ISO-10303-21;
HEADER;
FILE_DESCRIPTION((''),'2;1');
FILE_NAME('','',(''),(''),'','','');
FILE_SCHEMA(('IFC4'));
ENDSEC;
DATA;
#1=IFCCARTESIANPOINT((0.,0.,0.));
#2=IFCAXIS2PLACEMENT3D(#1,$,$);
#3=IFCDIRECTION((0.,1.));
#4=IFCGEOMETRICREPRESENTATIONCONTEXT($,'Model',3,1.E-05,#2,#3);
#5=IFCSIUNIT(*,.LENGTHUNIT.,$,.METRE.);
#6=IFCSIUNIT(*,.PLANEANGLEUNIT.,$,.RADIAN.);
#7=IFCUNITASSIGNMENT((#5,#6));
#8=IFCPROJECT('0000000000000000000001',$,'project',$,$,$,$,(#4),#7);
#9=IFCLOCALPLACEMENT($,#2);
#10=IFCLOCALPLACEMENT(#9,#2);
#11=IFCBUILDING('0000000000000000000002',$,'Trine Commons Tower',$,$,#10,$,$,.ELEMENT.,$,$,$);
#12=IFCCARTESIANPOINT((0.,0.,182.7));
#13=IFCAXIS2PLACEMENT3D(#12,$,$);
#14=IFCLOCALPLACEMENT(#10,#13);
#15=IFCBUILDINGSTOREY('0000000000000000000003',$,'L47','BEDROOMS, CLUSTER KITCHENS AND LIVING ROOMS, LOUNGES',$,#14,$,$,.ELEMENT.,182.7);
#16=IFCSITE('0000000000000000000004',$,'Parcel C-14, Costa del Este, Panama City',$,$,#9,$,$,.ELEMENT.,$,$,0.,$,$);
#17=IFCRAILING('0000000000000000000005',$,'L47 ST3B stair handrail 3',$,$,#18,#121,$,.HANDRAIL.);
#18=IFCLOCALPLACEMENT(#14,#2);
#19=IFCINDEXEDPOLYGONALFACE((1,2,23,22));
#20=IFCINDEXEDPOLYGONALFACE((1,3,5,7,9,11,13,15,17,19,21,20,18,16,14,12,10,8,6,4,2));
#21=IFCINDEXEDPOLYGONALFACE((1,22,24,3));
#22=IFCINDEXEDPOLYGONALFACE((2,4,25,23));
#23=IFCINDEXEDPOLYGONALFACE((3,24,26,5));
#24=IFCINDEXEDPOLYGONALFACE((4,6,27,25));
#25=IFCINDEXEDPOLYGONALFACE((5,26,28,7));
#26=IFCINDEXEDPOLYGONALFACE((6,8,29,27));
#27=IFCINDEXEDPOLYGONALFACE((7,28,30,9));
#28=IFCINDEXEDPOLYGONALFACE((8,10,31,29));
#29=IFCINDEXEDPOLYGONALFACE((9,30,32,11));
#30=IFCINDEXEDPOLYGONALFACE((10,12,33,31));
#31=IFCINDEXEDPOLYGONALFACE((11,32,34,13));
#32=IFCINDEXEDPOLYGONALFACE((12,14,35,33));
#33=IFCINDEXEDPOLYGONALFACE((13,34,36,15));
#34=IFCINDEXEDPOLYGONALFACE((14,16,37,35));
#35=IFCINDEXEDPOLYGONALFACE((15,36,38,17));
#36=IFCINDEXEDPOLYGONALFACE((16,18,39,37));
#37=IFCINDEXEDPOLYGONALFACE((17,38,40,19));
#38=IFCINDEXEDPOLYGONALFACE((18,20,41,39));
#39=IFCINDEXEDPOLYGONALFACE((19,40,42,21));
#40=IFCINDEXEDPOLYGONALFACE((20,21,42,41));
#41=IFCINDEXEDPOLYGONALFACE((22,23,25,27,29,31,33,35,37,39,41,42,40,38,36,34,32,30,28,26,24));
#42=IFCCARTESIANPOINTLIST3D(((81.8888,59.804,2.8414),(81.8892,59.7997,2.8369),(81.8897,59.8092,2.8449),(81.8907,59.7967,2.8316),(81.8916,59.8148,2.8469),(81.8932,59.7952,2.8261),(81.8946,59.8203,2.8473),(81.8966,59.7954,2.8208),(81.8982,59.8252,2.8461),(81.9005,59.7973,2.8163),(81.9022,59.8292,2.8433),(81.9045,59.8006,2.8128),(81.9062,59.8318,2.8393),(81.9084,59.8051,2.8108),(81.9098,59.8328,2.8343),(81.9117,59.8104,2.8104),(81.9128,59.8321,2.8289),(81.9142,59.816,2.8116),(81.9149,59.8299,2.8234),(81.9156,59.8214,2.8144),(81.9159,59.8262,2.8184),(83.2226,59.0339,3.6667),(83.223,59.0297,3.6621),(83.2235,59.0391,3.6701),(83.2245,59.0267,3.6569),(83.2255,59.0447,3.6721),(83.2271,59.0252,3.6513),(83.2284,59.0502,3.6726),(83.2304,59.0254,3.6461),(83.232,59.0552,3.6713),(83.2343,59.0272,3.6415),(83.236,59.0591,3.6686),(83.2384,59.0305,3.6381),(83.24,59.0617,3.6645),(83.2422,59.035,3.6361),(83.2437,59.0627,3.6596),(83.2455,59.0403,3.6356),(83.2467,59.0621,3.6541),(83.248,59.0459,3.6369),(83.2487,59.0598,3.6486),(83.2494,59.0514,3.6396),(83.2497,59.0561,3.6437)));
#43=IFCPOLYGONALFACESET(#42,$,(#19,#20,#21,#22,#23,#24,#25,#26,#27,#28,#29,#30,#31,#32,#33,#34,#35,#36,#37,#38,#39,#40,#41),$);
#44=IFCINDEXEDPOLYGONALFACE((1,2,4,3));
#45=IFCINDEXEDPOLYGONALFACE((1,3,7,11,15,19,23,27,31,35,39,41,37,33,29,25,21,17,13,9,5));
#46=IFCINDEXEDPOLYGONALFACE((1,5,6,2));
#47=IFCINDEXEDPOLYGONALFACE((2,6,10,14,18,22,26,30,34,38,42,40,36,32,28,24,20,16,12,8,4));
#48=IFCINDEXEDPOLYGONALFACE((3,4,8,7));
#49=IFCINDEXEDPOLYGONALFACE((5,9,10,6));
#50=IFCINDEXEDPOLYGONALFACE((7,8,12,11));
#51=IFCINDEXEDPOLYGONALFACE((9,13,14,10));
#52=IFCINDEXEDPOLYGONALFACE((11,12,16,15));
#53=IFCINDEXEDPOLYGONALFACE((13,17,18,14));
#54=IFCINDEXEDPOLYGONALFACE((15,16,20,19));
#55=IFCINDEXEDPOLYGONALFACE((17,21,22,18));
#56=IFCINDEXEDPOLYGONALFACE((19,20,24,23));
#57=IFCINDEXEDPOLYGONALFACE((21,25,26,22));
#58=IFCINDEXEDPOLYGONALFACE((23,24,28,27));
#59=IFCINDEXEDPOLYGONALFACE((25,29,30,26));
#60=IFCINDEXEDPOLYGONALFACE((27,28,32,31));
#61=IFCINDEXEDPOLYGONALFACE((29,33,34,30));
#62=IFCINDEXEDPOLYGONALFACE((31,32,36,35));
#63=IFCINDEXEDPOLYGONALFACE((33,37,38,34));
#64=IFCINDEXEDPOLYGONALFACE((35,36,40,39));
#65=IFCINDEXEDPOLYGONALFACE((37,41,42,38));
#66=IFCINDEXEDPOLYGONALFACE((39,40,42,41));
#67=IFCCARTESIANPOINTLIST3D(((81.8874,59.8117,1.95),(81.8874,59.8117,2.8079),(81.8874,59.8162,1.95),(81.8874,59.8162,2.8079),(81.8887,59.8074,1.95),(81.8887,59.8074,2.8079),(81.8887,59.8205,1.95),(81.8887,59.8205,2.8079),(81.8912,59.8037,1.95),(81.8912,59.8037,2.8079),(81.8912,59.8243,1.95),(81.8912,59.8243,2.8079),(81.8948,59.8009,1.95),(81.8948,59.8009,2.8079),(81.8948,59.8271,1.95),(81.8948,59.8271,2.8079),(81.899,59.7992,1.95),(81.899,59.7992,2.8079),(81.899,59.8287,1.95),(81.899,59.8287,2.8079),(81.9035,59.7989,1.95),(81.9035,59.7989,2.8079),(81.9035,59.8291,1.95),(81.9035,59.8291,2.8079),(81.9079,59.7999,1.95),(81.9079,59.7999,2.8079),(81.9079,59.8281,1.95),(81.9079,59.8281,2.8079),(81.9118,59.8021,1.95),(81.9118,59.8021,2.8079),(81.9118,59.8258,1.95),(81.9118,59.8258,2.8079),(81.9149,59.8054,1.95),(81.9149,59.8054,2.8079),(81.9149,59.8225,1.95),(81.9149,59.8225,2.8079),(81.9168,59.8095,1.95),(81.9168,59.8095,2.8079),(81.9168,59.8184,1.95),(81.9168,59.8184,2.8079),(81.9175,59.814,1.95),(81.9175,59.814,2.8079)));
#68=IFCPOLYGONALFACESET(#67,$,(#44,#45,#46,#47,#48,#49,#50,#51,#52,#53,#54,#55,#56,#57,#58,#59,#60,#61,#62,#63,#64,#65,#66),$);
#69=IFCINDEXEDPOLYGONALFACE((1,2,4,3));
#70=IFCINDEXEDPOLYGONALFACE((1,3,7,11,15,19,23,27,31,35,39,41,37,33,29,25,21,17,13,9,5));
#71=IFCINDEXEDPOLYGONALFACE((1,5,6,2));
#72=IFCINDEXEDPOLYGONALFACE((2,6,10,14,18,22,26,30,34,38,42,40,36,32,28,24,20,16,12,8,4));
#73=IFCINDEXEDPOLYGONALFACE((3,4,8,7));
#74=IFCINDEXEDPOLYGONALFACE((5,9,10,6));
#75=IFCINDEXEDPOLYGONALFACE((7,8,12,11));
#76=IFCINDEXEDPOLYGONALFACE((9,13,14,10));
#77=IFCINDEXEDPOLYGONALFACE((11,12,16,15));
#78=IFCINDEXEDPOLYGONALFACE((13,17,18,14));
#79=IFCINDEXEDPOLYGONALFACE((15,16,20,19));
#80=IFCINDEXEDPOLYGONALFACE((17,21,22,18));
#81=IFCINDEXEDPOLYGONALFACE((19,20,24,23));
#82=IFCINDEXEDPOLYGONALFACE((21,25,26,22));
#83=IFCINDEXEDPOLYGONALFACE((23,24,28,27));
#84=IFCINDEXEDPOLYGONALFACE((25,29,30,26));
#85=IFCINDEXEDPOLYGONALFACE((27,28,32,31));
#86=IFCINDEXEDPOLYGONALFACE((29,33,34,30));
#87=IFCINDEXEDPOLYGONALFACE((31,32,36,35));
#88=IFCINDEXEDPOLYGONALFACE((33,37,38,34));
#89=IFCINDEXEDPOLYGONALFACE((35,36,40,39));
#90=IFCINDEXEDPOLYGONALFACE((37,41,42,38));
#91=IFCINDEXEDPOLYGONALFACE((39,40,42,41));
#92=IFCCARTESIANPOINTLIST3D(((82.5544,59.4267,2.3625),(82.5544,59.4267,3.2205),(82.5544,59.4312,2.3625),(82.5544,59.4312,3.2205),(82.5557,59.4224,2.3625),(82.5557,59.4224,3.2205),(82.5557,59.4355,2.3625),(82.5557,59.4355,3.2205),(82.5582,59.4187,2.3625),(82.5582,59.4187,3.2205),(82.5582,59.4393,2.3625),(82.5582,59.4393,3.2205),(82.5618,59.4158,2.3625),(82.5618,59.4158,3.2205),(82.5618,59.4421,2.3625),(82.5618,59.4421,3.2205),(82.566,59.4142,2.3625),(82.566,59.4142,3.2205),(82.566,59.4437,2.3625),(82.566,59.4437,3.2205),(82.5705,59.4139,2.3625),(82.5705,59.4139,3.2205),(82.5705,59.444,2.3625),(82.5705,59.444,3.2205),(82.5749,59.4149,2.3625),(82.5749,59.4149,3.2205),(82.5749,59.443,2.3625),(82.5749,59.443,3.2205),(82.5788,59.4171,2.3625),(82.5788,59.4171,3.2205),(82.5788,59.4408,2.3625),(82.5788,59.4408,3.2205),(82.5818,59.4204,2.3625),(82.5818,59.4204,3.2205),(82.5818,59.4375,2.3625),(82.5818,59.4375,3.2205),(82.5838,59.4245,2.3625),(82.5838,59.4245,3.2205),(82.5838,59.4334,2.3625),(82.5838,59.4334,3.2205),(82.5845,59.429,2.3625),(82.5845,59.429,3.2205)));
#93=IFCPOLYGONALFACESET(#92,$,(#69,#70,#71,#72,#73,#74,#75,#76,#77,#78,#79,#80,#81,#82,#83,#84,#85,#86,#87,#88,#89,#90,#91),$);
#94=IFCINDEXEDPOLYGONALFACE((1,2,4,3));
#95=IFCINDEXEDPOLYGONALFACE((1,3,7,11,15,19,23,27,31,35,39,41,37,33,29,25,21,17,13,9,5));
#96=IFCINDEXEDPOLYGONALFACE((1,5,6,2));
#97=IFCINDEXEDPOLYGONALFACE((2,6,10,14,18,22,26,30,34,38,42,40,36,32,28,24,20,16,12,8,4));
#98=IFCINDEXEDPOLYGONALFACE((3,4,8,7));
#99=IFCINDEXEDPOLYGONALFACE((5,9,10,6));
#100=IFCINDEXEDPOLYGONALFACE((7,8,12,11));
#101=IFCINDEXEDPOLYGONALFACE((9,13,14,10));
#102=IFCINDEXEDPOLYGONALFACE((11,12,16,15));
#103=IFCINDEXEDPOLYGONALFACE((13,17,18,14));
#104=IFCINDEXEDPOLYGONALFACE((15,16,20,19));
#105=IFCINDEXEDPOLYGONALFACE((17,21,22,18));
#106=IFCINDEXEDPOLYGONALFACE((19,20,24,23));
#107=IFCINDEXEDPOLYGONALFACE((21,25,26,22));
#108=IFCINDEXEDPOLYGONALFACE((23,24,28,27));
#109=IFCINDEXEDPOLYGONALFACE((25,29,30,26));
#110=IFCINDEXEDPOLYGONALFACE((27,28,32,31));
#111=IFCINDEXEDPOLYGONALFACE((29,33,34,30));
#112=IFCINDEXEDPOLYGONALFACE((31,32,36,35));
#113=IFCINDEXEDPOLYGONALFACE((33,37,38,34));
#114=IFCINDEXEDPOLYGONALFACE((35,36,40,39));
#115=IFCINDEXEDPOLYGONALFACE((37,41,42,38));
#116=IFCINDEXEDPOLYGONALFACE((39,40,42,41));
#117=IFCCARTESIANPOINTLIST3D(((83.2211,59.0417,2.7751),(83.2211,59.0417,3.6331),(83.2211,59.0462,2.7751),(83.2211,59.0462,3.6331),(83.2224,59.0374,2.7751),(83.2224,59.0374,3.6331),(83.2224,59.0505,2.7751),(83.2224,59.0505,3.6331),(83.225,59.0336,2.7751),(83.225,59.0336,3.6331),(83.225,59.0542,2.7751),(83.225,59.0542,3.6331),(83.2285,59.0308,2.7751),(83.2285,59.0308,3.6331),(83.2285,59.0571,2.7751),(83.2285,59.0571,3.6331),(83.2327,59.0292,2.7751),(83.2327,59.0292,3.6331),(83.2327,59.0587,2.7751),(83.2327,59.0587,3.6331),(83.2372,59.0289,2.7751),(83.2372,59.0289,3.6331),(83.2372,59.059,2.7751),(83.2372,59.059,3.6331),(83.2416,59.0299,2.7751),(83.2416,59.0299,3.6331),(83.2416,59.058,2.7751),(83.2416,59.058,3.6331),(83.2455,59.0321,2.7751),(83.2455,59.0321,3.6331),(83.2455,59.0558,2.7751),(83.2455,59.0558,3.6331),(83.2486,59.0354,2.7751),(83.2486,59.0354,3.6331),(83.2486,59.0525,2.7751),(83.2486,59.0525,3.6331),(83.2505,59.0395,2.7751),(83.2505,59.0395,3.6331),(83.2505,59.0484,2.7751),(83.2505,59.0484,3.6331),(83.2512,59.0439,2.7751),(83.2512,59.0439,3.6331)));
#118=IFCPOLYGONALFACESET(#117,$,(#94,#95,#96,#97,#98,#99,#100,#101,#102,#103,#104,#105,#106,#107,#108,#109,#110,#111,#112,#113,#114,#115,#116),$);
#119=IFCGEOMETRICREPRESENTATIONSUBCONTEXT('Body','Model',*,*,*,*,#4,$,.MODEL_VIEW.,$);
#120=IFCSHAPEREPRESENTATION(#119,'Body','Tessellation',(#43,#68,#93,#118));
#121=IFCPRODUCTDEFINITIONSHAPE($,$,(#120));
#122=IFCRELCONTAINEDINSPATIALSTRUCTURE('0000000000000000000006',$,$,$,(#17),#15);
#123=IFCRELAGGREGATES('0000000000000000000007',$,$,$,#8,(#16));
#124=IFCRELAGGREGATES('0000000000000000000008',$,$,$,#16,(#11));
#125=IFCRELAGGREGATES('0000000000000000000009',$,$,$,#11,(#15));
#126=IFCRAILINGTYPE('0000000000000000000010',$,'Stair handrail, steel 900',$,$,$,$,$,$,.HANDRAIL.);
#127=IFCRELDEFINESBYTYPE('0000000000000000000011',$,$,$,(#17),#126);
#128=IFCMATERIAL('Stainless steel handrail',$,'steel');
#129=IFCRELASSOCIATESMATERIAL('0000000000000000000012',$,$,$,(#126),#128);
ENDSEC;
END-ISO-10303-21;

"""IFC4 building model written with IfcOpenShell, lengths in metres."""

from ifc_helpers import new_model, si_unit, direction, frame, origin, origin_2d, place, context, subcontext, project, spatial, circle, extrude, material, type_object, element, save


model = new_model("IFC4")

# Units and contexts
model_context = context("Model", 3, precision=1e-05, world=origin(), true_north=direction((0.0, 1.0)))
body_context = subcontext(model_context, "Body", "Model", "MODEL_VIEW")
ifc_project = project(units=[si_unit("LENGTHUNIT", "METRE"), si_unit("PLANEANGLEUNIT", "RADIAN")], contexts=[model_context])

# Site, building, storey
site_placement = place(None, origin())
site = spatial("IfcSite", under=ifc_project, at=site_placement, Name="Parcel C-14, Costa del Este, Panama City", CompositionType="ELEMENT", RefElevation=0.0)
building_placement = place(site_placement, origin())
building = spatial("IfcBuilding", under=site, at=building_placement, Name="Trine Commons Tower", CompositionType="ELEMENT")
storey_placement = place(building_placement, frame((0.0, 0.0, 182.7)))
storey = spatial("IfcBuildingStorey", under=building, at=storey_placement, Name="L47", Description="BEDROOMS, CLUSTER KITCHENS AND LIVING ROOMS, LOUNGES", CompositionType="ELEMENT", Elevation=182.7)

# Railing
ifc_material_1 = material(Name="Stainless steel handrail", Category="steel")
railing_type_1 = type_object("IfcRailingType", Name="Stair handrail, steel 900", PredefinedType="HANDRAIL", material=ifc_material_1)
railing_1_placement = place(storey_placement, frame((81.9023, 59.814, 1.95)))
element("IfcRailing", 1, at=railing_1_placement, inside=storey, type_object=railing_type_1, Name="L47 ST3B stair handrail 3", PredefinedType="HANDRAIL", context=body_context, shape_type="SweptSolid", body=[
    extrude(circle(Radius=0.021, at=origin_2d()), frame((0.0, 0.0, 0.8789), z_axis=(0.763355, -0.440714, 0.472293), x_axis=(0.499992, 0.86603, 0.0)), (0.0, 0.0, 1.0), 1.7473),
    extrude(circle(Radius=0.0151, at=origin_2d()), origin(), (0.0, 0.0, 1.0), 0.8579),
    extrude(circle(Radius=0.0151, at=origin_2d()), frame((0.667, -0.385, 0.4126)), (0.0, 0.0, 1.0), 0.8579),
    extrude(circle(Radius=0.0151, at=origin_2d()), frame((1.3337, -0.77, 0.8252)), (0.0, 0.0, 1.0), 0.8579),
])

save(model, "model.ifc")
